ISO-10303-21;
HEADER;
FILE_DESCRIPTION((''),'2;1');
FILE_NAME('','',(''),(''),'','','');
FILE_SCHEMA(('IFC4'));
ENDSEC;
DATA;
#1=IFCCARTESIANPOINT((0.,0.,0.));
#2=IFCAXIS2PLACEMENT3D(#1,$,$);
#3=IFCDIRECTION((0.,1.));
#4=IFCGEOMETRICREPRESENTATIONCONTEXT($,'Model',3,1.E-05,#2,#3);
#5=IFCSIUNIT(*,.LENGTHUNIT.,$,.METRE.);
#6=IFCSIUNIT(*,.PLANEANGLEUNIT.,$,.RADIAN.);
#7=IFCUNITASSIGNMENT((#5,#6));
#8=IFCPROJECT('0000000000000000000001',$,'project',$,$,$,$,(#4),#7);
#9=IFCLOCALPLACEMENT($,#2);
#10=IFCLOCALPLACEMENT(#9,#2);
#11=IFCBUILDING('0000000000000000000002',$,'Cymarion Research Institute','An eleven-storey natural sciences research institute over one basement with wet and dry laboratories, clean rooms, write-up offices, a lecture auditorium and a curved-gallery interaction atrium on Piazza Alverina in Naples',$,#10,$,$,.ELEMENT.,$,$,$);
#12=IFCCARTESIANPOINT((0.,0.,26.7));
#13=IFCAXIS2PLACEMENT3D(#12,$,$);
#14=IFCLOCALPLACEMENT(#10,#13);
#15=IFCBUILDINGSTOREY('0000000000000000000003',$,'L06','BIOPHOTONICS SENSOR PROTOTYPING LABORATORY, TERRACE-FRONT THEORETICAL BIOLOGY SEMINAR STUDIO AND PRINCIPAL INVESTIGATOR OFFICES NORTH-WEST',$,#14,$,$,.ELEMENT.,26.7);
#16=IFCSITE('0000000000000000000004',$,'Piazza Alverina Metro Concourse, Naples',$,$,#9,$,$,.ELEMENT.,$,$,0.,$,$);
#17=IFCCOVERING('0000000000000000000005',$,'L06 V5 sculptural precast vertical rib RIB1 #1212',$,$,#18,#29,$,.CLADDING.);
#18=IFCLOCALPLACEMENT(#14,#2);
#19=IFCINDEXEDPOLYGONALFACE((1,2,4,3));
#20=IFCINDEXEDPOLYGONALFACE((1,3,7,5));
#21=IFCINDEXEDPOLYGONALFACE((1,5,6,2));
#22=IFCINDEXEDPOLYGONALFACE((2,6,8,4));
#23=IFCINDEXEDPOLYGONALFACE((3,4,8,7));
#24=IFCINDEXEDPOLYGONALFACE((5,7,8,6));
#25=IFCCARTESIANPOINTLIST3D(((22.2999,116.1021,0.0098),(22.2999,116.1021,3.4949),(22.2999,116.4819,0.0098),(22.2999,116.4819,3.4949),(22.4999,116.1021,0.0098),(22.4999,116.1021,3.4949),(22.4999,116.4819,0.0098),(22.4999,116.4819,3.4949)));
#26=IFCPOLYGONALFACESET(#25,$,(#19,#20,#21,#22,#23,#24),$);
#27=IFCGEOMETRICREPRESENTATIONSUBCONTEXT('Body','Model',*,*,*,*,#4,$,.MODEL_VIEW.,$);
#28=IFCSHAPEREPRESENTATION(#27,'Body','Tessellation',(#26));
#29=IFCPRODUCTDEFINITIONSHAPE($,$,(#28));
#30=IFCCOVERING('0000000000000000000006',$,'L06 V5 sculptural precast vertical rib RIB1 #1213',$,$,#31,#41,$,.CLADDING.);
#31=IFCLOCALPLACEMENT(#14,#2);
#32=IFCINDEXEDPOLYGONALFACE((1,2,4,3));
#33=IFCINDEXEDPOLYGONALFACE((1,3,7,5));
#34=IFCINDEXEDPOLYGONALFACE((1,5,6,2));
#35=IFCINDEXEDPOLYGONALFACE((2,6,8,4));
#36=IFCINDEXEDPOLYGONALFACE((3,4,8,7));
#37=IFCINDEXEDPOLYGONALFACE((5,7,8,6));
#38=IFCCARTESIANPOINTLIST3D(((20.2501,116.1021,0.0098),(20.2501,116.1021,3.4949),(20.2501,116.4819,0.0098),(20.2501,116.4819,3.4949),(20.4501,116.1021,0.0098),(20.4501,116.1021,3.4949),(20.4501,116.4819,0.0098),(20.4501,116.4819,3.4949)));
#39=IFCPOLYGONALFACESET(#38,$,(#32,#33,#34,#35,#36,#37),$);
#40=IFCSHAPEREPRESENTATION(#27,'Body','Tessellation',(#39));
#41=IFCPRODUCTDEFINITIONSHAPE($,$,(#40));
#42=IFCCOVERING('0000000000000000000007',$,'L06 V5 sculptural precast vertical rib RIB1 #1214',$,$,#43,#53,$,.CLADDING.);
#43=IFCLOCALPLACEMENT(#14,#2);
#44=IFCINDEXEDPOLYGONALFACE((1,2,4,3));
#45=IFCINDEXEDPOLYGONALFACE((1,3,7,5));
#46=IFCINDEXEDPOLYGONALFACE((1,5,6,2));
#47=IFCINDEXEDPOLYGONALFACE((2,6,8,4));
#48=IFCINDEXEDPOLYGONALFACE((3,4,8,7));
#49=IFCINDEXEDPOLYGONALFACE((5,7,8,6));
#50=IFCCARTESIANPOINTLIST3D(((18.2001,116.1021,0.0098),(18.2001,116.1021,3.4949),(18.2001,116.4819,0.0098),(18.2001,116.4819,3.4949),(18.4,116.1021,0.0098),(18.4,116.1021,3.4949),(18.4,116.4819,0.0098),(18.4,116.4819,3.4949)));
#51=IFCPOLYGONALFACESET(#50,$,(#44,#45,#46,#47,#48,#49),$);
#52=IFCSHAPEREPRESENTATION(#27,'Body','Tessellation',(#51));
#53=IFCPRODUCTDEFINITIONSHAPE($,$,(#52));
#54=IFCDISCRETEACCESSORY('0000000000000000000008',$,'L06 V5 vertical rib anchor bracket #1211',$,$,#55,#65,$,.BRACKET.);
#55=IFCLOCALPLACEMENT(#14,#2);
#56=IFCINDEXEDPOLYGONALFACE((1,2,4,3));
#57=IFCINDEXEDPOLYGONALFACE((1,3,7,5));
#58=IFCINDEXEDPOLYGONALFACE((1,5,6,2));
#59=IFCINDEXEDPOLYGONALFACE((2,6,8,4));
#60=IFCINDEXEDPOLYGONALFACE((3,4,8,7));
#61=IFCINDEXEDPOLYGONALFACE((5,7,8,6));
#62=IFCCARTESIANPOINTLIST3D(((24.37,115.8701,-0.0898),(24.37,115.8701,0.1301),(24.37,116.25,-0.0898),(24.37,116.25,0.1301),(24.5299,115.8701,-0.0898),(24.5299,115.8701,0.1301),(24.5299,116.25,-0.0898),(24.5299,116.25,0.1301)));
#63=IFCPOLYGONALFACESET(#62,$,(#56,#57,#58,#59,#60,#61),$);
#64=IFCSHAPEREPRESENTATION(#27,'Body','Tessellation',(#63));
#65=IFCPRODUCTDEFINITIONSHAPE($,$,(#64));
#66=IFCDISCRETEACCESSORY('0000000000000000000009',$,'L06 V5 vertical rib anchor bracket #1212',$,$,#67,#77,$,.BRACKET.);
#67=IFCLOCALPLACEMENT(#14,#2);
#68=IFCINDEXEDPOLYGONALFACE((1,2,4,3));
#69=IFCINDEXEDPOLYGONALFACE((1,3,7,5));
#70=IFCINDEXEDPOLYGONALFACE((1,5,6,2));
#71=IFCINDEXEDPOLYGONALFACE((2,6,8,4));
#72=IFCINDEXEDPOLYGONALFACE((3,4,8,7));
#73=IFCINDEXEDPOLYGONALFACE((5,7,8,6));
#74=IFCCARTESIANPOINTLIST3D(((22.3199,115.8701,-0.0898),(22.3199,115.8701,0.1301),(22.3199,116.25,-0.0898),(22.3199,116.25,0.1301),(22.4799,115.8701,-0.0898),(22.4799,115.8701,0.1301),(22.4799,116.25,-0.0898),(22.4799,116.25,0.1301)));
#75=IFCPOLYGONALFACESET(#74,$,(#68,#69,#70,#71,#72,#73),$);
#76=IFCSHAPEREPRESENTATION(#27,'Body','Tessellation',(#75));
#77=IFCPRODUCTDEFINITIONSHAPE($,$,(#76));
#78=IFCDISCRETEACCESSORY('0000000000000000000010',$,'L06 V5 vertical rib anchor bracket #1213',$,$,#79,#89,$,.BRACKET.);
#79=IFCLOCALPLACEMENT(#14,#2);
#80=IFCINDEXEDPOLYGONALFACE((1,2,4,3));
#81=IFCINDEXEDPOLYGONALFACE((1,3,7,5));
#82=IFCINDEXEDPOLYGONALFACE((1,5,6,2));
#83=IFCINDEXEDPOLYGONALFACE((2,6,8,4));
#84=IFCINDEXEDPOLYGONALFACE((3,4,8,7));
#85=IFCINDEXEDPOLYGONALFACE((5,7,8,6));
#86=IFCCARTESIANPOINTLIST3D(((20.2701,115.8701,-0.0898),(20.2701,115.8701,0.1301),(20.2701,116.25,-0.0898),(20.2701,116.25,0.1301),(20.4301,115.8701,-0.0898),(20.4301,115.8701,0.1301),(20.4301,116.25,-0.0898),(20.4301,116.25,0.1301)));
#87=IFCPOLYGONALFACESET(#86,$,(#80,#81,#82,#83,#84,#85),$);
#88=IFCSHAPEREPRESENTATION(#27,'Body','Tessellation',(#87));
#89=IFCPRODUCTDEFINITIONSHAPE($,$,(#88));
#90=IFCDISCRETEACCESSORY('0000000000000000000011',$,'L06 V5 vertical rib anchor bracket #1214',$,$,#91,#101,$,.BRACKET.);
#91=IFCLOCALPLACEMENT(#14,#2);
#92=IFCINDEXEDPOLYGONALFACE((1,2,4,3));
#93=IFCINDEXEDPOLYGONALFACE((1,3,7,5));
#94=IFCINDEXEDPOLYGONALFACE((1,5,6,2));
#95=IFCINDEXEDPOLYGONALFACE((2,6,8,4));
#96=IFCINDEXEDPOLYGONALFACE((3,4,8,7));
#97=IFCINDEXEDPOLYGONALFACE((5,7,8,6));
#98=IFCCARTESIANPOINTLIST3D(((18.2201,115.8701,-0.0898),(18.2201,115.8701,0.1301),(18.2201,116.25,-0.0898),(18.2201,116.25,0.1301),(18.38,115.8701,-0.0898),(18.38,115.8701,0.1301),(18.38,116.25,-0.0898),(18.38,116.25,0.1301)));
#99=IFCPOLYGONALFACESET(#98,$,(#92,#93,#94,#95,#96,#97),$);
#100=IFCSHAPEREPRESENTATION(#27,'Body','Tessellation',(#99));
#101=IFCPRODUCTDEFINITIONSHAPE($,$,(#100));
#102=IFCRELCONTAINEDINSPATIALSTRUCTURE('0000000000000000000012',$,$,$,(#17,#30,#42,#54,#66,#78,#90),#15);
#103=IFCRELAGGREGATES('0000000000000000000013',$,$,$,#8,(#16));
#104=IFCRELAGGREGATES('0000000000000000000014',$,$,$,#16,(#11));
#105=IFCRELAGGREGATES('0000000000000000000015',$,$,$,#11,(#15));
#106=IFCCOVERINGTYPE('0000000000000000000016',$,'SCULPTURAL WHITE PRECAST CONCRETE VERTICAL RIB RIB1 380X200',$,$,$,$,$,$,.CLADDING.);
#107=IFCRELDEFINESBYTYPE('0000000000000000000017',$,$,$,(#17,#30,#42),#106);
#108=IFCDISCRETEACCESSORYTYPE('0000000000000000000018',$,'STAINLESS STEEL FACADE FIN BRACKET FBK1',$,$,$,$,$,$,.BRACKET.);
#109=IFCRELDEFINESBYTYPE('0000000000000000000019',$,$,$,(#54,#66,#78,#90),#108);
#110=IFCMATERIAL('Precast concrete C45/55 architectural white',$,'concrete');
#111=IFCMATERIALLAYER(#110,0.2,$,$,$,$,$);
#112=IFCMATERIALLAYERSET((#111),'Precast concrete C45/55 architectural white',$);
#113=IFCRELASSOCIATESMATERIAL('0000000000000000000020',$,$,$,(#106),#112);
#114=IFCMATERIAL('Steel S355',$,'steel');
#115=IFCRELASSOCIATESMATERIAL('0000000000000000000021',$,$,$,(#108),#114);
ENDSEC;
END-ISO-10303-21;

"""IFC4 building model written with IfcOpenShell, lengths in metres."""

from ifc_helpers import new_model, si_unit, direction, frame, origin, origin_2d, place, context, subcontext, project, spatial, rectangle, extrude, material, layer, layer_set, type_object, element, save


model = new_model("IFC4")

# Units and contexts
model_context = context("Model", 3, precision=1e-05, world=origin(), true_north=direction((0.0, 1.0)))
body_context = subcontext(model_context, "Body", "Model", "MODEL_VIEW")
ifc_project = project(units=[si_unit("LENGTHUNIT", "METRE"), si_unit("PLANEANGLEUNIT", "RADIAN")], contexts=[model_context])

# Site, building, storey
site_placement = place(None, origin())
site = spatial("IfcSite", under=ifc_project, at=site_placement, Name="Piazza Alverina Metro Concourse, Naples", CompositionType="ELEMENT", RefElevation=0.0)
building_placement = place(site_placement, origin())
building = spatial("IfcBuilding", under=site, at=building_placement, Name="Cymarion Research Institute", Description="An eleven-storey natural sciences research institute over one basement with wet and dry laboratories, clean rooms, write-up offices, a lecture auditorium and a curved-gallery interaction atrium on Piazza Alverina in Naples", CompositionType="ELEMENT")
storey_placement = place(building_placement, frame((0.0, 0.0, 26.7)))
storey = spatial("IfcBuildingStorey", under=building, at=storey_placement, Name="L06", Description="BIOPHOTONICS SENSOR PROTOTYPING LABORATORY, TERRACE-FRONT THEORETICAL BIOLOGY SEMINAR STUDIO AND PRINCIPAL INVESTIGATOR OFFICES NORTH-WEST", CompositionType="ELEMENT", Elevation=26.7)

# Coverings
ifc_material_1 = material(Name="Precast concrete C45/55 architectural white", Category="concrete")
ifc_layer_1 = layer(ifc_material_1, 0.2)
ifc_layer_set_1 = layer_set([ifc_layer_1], Name="Precast concrete C45/55 architectural white")
covering_type = type_object("IfcCoveringType", Name="SCULPTURAL WHITE PRECAST CONCRETE VERTICAL RIB RIB1 380X200", PredefinedType="CLADDING", material=ifc_layer_set_1)
for number, where, z_axis, x_axis, name in (
    (1, (22.3999, 116.292, 0.0098), (0.0, 0.0, 1.0), (0.0, 1.0, 0.0), "L06 V5 sculptural precast vertical rib RIB1 #1212"),
    (2, (20.3501, 116.292, 0.0098), (0.0, 0.0, 1.0), (0.0, 1.0, 0.0), "L06 V5 sculptural precast vertical rib RIB1 #1213"),
    (3, (18.3, 116.292, 0.0098), (0.0, 0.0, 1.0), (0.0, 1.0, 0.0), "L06 V5 sculptural precast vertical rib RIB1 #1214"),
):
    element("IfcCovering", number, at=place(storey_placement, frame(where, z_axis=z_axis, x_axis=x_axis)), inside=storey, type_object=covering_type, Name=name, PredefinedType="CLADDING", context=body_context, shape_type="SweptSolid", body=[
        extrude(rectangle(XDim=0.3799, YDim=0.2, at=origin_2d()), origin(), (0.0, 0.0, 1.0), 3.4851),
    ])

# Discrete accessories
ifc_material_2 = material(Name="Steel S355", Category="steel")
discrete_accessory_type = type_object("IfcDiscreteAccessoryType", Name="STAINLESS STEEL FACADE FIN BRACKET FBK1", PredefinedType="BRACKET", material=ifc_material_2)
for number, where, z_axis, x_axis, name in (
    (4, (24.45, 116.0601, -0.0898), (0.0, 0.0, 1.0), (0.0, 1.0, 0.0), "L06 V5 vertical rib anchor bracket #1211"),
    (5, (22.3999, 116.0601, -0.0898), (0.0, 0.0, 1.0), (0.0, 1.0, 0.0), "L06 V5 vertical rib anchor bracket #1212"),
    (6, (20.3501, 116.0601, -0.0898), (0.0, 0.0, 1.0), (0.0, 1.0, 0.0), "L06 V5 vertical rib anchor bracket #1213"),
    (7, (18.3, 116.0601, -0.0898), (0.0, 0.0, 1.0), (0.0, 1.0, 0.0), "L06 V5 vertical rib anchor bracket #1214"),
):
    element("IfcDiscreteAccessory", number, at=place(storey_placement, frame(where, z_axis=z_axis, x_axis=x_axis)), inside=storey, type_object=discrete_accessory_type, Name=name, PredefinedType="BRACKET", context=body_context, shape_type="SweptSolid", body=[
        extrude(rectangle(XDim=0.3799, YDim=0.1599, at=origin_2d()), origin(), (0.0, 0.0, 1.0), 0.22),
    ])

save(model, "model.ifc")
